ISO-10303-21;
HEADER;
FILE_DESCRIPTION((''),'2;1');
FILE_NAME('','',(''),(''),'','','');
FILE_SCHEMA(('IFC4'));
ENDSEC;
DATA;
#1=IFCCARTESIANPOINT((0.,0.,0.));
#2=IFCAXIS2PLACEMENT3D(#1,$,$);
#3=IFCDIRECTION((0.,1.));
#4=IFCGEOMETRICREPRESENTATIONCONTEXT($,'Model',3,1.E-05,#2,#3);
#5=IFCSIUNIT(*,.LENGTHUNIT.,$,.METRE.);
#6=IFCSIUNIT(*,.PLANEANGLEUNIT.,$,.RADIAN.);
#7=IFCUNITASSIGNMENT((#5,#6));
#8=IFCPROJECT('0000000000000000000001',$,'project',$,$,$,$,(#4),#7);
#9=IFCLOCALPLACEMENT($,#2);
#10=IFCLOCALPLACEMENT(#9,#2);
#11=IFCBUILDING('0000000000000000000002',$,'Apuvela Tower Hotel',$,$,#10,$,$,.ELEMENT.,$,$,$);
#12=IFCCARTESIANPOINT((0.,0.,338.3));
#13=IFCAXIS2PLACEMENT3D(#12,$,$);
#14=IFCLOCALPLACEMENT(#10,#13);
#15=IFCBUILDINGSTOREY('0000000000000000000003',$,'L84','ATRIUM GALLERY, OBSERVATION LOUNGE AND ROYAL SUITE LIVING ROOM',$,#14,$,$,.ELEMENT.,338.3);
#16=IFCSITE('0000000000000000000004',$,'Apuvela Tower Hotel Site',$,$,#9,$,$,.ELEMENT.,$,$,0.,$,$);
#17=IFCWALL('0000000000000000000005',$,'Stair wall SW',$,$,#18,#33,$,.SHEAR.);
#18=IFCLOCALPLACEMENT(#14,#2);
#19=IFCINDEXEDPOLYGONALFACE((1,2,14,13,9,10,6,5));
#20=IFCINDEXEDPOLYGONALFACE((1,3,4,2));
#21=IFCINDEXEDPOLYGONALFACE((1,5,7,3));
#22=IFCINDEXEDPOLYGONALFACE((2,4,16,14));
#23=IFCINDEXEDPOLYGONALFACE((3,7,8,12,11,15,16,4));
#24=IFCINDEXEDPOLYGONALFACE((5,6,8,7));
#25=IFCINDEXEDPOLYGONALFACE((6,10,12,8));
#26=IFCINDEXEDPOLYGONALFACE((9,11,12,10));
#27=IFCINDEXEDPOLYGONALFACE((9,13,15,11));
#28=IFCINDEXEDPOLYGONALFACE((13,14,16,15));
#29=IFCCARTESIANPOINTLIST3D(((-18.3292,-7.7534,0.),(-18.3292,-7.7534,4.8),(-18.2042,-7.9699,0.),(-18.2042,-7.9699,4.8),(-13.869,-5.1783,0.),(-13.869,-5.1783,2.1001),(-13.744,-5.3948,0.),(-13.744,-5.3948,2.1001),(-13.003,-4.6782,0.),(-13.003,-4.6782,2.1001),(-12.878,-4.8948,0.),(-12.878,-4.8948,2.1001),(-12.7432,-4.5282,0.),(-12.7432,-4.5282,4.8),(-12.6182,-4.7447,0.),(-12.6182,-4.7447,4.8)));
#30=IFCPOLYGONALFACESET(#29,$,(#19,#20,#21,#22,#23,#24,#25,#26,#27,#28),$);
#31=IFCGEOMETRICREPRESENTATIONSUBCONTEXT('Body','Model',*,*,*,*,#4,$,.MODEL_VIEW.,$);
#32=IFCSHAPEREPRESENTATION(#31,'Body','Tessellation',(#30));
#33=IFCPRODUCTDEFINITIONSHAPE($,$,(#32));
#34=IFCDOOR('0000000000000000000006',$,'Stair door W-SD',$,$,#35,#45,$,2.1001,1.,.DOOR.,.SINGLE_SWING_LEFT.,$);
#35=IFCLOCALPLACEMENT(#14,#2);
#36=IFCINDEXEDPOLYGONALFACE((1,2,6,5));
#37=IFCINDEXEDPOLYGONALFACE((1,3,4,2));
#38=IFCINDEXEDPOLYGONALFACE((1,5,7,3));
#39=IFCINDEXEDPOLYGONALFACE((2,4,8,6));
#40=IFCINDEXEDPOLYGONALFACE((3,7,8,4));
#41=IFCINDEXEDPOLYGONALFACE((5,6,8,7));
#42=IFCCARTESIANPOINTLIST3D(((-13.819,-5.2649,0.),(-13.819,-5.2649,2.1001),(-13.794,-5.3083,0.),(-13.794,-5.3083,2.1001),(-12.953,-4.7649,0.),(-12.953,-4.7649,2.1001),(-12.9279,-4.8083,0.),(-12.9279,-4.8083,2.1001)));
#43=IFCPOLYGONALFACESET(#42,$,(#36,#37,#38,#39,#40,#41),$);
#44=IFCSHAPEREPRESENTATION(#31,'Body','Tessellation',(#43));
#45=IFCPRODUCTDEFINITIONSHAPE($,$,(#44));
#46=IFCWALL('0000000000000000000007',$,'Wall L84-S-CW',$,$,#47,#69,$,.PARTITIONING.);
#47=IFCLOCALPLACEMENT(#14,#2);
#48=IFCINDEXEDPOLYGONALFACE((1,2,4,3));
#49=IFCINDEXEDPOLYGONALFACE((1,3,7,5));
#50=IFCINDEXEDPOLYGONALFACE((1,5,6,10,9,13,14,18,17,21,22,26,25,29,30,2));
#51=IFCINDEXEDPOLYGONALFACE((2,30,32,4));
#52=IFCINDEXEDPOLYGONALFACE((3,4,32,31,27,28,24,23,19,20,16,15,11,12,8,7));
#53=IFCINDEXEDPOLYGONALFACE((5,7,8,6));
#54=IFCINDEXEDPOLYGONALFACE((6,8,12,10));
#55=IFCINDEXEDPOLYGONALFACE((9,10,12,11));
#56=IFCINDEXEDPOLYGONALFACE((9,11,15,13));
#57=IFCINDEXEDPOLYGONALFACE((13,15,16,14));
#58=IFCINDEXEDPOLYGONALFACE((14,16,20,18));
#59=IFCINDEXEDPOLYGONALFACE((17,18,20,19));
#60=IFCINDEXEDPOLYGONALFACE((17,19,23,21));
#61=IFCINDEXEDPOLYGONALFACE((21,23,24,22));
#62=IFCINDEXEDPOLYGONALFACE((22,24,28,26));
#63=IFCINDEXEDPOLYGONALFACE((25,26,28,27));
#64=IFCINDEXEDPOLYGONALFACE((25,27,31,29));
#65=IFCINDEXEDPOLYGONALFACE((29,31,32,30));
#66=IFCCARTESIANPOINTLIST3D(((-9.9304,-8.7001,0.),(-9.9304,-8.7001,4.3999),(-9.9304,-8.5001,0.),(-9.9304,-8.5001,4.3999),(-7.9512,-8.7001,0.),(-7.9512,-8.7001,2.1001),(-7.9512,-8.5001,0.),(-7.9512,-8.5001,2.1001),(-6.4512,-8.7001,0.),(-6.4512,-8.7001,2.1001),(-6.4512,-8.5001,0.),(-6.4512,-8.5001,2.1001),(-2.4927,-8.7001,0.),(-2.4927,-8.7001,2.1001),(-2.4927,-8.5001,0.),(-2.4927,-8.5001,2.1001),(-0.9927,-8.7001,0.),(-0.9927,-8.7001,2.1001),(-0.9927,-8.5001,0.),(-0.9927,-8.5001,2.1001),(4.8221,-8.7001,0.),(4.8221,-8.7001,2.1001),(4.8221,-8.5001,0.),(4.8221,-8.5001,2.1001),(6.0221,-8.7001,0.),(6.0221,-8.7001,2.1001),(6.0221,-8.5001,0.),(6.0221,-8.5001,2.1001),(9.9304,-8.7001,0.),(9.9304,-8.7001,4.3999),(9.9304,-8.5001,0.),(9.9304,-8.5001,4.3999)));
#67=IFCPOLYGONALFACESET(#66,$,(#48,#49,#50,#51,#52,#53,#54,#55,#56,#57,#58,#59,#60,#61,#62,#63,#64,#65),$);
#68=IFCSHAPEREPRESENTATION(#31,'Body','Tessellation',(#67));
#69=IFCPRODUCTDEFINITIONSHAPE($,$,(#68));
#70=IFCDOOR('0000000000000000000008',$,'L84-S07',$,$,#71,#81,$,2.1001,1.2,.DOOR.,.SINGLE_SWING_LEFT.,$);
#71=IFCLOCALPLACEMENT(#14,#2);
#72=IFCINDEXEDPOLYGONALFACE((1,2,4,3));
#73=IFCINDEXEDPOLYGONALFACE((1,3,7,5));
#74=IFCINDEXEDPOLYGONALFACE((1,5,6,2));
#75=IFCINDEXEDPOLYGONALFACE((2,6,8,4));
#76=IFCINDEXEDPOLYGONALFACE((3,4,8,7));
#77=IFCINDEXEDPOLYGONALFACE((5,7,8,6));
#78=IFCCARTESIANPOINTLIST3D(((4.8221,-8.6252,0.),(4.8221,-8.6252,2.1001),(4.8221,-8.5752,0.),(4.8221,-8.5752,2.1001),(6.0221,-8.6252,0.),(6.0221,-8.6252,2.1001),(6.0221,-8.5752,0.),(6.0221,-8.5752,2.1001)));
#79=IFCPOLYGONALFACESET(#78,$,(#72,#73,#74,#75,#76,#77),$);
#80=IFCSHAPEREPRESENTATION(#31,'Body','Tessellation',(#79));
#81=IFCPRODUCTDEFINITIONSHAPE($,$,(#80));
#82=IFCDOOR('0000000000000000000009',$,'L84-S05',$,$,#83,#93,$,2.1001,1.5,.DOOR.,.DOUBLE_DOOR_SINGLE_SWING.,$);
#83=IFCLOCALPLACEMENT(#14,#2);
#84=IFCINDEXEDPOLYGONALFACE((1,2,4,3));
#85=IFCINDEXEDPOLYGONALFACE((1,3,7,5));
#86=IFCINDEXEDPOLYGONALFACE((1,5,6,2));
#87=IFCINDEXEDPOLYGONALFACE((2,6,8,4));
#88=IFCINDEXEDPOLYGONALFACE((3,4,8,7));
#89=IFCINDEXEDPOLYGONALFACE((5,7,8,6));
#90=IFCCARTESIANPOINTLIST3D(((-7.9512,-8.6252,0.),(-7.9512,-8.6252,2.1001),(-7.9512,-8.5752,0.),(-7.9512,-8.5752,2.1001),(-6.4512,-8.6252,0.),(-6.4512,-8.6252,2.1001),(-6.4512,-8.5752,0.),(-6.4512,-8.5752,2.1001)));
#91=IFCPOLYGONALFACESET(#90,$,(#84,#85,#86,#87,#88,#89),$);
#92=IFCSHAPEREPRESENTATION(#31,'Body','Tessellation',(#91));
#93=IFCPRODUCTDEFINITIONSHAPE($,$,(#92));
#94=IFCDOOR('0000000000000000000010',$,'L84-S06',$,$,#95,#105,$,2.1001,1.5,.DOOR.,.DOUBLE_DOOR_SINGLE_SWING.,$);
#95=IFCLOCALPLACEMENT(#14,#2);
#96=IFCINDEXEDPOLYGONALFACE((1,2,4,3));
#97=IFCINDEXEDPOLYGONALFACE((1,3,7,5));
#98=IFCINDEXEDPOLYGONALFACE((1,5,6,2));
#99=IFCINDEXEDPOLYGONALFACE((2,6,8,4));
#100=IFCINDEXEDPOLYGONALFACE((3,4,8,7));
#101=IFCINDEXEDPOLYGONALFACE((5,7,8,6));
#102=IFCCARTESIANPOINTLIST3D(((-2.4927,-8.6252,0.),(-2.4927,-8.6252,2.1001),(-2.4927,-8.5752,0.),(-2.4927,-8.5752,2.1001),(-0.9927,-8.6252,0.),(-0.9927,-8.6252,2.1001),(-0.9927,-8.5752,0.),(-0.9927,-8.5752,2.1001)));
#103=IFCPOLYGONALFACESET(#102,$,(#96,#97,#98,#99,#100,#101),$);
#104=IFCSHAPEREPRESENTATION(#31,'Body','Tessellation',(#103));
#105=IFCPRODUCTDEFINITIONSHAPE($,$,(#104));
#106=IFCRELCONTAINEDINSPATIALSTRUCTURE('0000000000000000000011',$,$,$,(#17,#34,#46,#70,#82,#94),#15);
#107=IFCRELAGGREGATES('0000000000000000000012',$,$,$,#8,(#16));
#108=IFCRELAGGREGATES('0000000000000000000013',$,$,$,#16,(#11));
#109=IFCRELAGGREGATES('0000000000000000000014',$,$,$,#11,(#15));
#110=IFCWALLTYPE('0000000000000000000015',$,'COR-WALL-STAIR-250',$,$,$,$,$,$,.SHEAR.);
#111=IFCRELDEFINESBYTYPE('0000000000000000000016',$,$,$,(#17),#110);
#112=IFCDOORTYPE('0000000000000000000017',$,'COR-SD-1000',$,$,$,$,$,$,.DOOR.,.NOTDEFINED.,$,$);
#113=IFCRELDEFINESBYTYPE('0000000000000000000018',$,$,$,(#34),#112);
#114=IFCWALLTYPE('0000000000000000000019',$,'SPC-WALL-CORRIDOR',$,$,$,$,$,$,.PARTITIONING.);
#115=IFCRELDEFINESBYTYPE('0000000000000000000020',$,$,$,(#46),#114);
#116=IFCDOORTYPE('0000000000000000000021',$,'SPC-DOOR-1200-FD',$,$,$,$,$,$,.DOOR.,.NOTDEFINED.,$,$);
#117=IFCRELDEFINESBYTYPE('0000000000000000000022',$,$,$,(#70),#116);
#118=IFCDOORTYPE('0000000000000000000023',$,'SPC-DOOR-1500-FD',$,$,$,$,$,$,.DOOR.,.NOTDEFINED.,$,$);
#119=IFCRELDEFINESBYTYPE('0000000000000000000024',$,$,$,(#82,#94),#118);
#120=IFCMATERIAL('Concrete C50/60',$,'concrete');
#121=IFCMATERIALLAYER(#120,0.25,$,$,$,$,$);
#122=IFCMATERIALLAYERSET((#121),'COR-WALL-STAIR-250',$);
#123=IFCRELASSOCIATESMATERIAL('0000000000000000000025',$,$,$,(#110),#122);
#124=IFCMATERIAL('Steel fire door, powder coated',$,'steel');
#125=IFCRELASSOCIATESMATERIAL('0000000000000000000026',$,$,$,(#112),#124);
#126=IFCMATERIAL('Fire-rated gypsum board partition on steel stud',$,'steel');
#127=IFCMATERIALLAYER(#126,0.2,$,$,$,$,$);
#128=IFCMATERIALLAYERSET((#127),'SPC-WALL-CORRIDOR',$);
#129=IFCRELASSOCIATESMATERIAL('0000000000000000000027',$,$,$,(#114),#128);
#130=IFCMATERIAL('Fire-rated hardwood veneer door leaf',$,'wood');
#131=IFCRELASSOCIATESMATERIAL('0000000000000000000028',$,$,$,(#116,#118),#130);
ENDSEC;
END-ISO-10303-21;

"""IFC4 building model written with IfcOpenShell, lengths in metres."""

from ifc_helpers import new_model, si_unit, direction, frame, frame_2d, origin, place, context, subcontext, project, spatial, rectangle, extrude, material, layer, layer_set, type_object, element, fill, save


model = new_model("IFC4")

# Units and contexts
model_context = context("Model", 3, precision=1e-05, world=origin(), true_north=direction((0.0, 1.0)))
body_context = subcontext(model_context, "Body", "Model", "MODEL_VIEW")
ifc_project = project(units=[si_unit("LENGTHUNIT", "METRE"), si_unit("PLANEANGLEUNIT", "RADIAN")], contexts=[model_context])

# Site, building, storey
site_placement = place(None, origin())
site = spatial("IfcSite", under=ifc_project, at=site_placement, Name="Apuvela Tower Hotel Site", CompositionType="ELEMENT", RefElevation=0.0)
building_placement = place(site_placement, origin())
building = spatial("IfcBuilding", under=site, at=building_placement, Name="Apuvela Tower Hotel", CompositionType="ELEMENT")
storey_placement = place(building_placement, frame((0.0, 0.0, 338.3)))
storey = spatial("IfcBuildingStorey", under=building, at=storey_placement, Name="L84", Description="ATRIUM GALLERY, OBSERVATION LOUNGE AND ROYAL SUITE LIVING ROOM", CompositionType="ELEMENT", Elevation=338.3)

# Shared definitions
ifc_material_1 = material(Name="Concrete C50/60", Category="concrete")

# Shared definitions
ifc_material_2 = material(Name="Steel fire door, powder coated", Category="steel")

# Wall, opening, door
ifc_layer_1 = layer(ifc_material_1, 0.25)
ifc_layer_set_1 = layer_set([ifc_layer_1], Name="COR-WALL-STAIR-250")
wall_type_1 = type_object("IfcWallType", Name="COR-WALL-STAIR-250", PredefinedType="SHEAR", material=ifc_layer_set_1)
wall_1_placement = place(storey_placement, frame((-12.6807, -4.6365, 0.0), z_axis=(0.0, 0.0, 1.0), x_axis=(-0.866022, -0.500006, 0.0)))
wall_1 = element("IfcWall", 1, at=wall_1_placement, inside=storey, type_object=wall_type_1, Name="Stair wall SW", PredefinedType="SHEAR", context=body_context, shape_type="SweptSolid", body=[
    extrude(rectangle(XDim=6.4502, YDim=0.25, at=frame_2d((3.2251, 0.0))), origin(), (0.0, 0.0, 1.0), 4.8),
])
opening_1_placement = place(wall_1_placement, frame((0.3, 0.0, 0.0)))
opening_1 = element("IfcOpeningElement", 2, at=opening_1_placement, cuts=wall_1, PredefinedType="OPENING", context=body_context, shape_type="SweptSolid", body=[
    extrude(rectangle(XDim=1.0, YDim=2.1001, at=frame_2d((0.5, 1.05))), frame((0.0, 0.135, 0.0), z_axis=(0.0, -1.0, 0.0), x_axis=(1.0, 0.0, 0.0)), (0.0, 0.0, 1.0), 0.27),
])
door_type_1 = type_object("IfcDoorType", Name="COR-SD-1000", OperationType="NOTDEFINED", PredefinedType="DOOR", material=ifc_material_2)
door_1_placement = place(opening_1_placement, frame((1.0, 0.0, 0.0), z_axis=(0.0, 0.0, 1.0), x_axis=(-1.0, 0.0, 0.0)))
door_1 = element("IfcDoor", 3, at=door_1_placement, inside=storey, type_object=door_type_1, Name="Stair door W-SD", OperationType="SINGLE_SWING_LEFT", OverallHeight=2.1001, OverallWidth=1.0, PredefinedType="DOOR", context=body_context, shape_type="SweptSolid", body=[
    extrude(rectangle(XDim=1.0, YDim=2.1001, at=frame_2d((0.5, 1.05))), frame((0.0, 0.0249, 0.0), z_axis=(0.0, -1.0, 0.0), x_axis=(1.0, 0.0, 0.0)), (0.0, 0.0, 1.0), 0.05),
])
fill(opening_1, door_1)

# Wall, openings, doors
ifc_material_3 = material(Name="Fire-rated gypsum board partition on steel stud", Category="steel")
ifc_layer_2 = layer(ifc_material_3, 0.2)
ifc_layer_set_2 = layer_set([ifc_layer_2], Name="SPC-WALL-CORRIDOR")
wall_type_2 = type_object("IfcWallType", Name="SPC-WALL-CORRIDOR", PredefinedType="PARTITIONING", material=ifc_layer_set_2)
wall_2_placement = place(storey_placement, frame((-9.9304, -8.6001, 0.0), z_axis=(0.0, 0.0, 1.0), x_axis=(1.0, 0.0, 0.0)))
wall_2 = element("IfcWall", 4, at=wall_2_placement, inside=storey, type_object=wall_type_2, Name="Wall L84-S-CW", PredefinedType="PARTITIONING", context=body_context, shape_type="SweptSolid", body=[
    extrude(rectangle(XDim=19.8608, YDim=0.2, at=frame_2d((9.9304, 0.0))), origin(), (0.0, 0.0, 1.0), 4.3999),
])
opening_2_placement = place(wall_2_placement, frame((1.9792, 0.0, 0.0)))
opening_2 = element("IfcOpeningElement", 5, at=opening_2_placement, cuts=wall_2, PredefinedType="OPENING", context=body_context, shape_type="SweptSolid", body=[
    extrude(rectangle(XDim=1.5, YDim=2.1001, at=frame_2d((0.75, 1.05))), frame((0.0, 0.1099, 0.0), z_axis=(0.0, -1.0, 0.0), x_axis=(1.0, 0.0, 0.0)), (0.0, 0.0, 1.0), 0.22),
])
opening_3_placement = place(wall_2_placement, frame((7.4377, 0.0, 0.0)))
opening_3 = element("IfcOpeningElement", 6, at=opening_3_placement, cuts=wall_2, PredefinedType="OPENING", context=body_context, shape_type="SweptSolid", body=[
    extrude(rectangle(XDim=1.5, YDim=2.1001, at=frame_2d((0.75, 1.05))), frame((0.0, 0.1099, 0.0), z_axis=(0.0, -1.0, 0.0), x_axis=(1.0, 0.0, 0.0)), (0.0, 0.0, 1.0), 0.22),
])
opening_4_placement = place(wall_2_placement, frame((14.7524, 0.0, 0.0)))
opening_4 = element("IfcOpeningElement", 7, at=opening_4_placement, cuts=wall_2, PredefinedType="OPENING", context=body_context, shape_type="SweptSolid", body=[
    extrude(rectangle(XDim=1.2, YDim=2.1001, at=frame_2d((0.6001, 1.05))), frame((0.0, 0.1099, 0.0), z_axis=(0.0, -1.0, 0.0), x_axis=(1.0, 0.0, 0.0)), (0.0, 0.0, 1.0), 0.22),
])
ifc_material_4 = material(Name="Fire-rated hardwood veneer door leaf", Category="wood")
door_type_2 = type_object("IfcDoorType", Name="SPC-DOOR-1200-FD", OperationType="NOTDEFINED", PredefinedType="DOOR", material=ifc_material_4)
door_2_placement = place(opening_4_placement, origin())
door_2 = element("IfcDoor", 8, at=door_2_placement, inside=storey, type_object=door_type_2, Name="L84-S07", OperationType="SINGLE_SWING_LEFT", OverallHeight=2.1001, OverallWidth=1.2, PredefinedType="DOOR", context=body_context, shape_type="SweptSolid", body=[
    extrude(rectangle(XDim=1.2, YDim=2.1001, at=frame_2d((0.6001, 1.05))), frame((0.0, 0.0249, 0.0), z_axis=(0.0, -1.0, 0.0), x_axis=(1.0, 0.0, 0.0)), (0.0, 0.0, 1.0), 0.05),
])
fill(opening_4, door_2)
door_type_3 = type_object("IfcDoorType", Name="SPC-DOOR-1500-FD", OperationType="NOTDEFINED", PredefinedType="DOOR", material=ifc_material_4)
door_3_placement = place(opening_2_placement, origin())
door_3 = element("IfcDoor", 9, at=door_3_placement, inside=storey, type_object=door_type_3, Name="L84-S05", OperationType="DOUBLE_DOOR_SINGLE_SWING", OverallHeight=2.1001, OverallWidth=1.5, PredefinedType="DOOR", context=body_context, shape_type="SweptSolid", body=[
    extrude(rectangle(XDim=1.5, YDim=2.1001, at=frame_2d((0.75, 1.05))), frame((0.0, 0.0249, 0.0), z_axis=(0.0, -1.0, 0.0), x_axis=(1.0, 0.0, 0.0)), (0.0, 0.0, 1.0), 0.05),
])
fill(opening_2, door_3)
door_4_placement = place(opening_3_placement, origin())
door_4 = element("IfcDoor", 10, at=door_4_placement, inside=storey, type_object=door_type_3, Name="L84-S06", OperationType="DOUBLE_DOOR_SINGLE_SWING", OverallHeight=2.1001, OverallWidth=1.5, PredefinedType="DOOR", context=body_context, shape_type="SweptSolid", body=[
    extrude(rectangle(XDim=1.5, YDim=2.1001, at=frame_2d((0.75, 1.05))), frame((0.0, 0.0249, 0.0), z_axis=(0.0, -1.0, 0.0), x_axis=(1.0, 0.0, 0.0)), (0.0, 0.0, 1.0), 0.05),
])
fill(opening_3, door_4)

save(model, "model.ifc")
